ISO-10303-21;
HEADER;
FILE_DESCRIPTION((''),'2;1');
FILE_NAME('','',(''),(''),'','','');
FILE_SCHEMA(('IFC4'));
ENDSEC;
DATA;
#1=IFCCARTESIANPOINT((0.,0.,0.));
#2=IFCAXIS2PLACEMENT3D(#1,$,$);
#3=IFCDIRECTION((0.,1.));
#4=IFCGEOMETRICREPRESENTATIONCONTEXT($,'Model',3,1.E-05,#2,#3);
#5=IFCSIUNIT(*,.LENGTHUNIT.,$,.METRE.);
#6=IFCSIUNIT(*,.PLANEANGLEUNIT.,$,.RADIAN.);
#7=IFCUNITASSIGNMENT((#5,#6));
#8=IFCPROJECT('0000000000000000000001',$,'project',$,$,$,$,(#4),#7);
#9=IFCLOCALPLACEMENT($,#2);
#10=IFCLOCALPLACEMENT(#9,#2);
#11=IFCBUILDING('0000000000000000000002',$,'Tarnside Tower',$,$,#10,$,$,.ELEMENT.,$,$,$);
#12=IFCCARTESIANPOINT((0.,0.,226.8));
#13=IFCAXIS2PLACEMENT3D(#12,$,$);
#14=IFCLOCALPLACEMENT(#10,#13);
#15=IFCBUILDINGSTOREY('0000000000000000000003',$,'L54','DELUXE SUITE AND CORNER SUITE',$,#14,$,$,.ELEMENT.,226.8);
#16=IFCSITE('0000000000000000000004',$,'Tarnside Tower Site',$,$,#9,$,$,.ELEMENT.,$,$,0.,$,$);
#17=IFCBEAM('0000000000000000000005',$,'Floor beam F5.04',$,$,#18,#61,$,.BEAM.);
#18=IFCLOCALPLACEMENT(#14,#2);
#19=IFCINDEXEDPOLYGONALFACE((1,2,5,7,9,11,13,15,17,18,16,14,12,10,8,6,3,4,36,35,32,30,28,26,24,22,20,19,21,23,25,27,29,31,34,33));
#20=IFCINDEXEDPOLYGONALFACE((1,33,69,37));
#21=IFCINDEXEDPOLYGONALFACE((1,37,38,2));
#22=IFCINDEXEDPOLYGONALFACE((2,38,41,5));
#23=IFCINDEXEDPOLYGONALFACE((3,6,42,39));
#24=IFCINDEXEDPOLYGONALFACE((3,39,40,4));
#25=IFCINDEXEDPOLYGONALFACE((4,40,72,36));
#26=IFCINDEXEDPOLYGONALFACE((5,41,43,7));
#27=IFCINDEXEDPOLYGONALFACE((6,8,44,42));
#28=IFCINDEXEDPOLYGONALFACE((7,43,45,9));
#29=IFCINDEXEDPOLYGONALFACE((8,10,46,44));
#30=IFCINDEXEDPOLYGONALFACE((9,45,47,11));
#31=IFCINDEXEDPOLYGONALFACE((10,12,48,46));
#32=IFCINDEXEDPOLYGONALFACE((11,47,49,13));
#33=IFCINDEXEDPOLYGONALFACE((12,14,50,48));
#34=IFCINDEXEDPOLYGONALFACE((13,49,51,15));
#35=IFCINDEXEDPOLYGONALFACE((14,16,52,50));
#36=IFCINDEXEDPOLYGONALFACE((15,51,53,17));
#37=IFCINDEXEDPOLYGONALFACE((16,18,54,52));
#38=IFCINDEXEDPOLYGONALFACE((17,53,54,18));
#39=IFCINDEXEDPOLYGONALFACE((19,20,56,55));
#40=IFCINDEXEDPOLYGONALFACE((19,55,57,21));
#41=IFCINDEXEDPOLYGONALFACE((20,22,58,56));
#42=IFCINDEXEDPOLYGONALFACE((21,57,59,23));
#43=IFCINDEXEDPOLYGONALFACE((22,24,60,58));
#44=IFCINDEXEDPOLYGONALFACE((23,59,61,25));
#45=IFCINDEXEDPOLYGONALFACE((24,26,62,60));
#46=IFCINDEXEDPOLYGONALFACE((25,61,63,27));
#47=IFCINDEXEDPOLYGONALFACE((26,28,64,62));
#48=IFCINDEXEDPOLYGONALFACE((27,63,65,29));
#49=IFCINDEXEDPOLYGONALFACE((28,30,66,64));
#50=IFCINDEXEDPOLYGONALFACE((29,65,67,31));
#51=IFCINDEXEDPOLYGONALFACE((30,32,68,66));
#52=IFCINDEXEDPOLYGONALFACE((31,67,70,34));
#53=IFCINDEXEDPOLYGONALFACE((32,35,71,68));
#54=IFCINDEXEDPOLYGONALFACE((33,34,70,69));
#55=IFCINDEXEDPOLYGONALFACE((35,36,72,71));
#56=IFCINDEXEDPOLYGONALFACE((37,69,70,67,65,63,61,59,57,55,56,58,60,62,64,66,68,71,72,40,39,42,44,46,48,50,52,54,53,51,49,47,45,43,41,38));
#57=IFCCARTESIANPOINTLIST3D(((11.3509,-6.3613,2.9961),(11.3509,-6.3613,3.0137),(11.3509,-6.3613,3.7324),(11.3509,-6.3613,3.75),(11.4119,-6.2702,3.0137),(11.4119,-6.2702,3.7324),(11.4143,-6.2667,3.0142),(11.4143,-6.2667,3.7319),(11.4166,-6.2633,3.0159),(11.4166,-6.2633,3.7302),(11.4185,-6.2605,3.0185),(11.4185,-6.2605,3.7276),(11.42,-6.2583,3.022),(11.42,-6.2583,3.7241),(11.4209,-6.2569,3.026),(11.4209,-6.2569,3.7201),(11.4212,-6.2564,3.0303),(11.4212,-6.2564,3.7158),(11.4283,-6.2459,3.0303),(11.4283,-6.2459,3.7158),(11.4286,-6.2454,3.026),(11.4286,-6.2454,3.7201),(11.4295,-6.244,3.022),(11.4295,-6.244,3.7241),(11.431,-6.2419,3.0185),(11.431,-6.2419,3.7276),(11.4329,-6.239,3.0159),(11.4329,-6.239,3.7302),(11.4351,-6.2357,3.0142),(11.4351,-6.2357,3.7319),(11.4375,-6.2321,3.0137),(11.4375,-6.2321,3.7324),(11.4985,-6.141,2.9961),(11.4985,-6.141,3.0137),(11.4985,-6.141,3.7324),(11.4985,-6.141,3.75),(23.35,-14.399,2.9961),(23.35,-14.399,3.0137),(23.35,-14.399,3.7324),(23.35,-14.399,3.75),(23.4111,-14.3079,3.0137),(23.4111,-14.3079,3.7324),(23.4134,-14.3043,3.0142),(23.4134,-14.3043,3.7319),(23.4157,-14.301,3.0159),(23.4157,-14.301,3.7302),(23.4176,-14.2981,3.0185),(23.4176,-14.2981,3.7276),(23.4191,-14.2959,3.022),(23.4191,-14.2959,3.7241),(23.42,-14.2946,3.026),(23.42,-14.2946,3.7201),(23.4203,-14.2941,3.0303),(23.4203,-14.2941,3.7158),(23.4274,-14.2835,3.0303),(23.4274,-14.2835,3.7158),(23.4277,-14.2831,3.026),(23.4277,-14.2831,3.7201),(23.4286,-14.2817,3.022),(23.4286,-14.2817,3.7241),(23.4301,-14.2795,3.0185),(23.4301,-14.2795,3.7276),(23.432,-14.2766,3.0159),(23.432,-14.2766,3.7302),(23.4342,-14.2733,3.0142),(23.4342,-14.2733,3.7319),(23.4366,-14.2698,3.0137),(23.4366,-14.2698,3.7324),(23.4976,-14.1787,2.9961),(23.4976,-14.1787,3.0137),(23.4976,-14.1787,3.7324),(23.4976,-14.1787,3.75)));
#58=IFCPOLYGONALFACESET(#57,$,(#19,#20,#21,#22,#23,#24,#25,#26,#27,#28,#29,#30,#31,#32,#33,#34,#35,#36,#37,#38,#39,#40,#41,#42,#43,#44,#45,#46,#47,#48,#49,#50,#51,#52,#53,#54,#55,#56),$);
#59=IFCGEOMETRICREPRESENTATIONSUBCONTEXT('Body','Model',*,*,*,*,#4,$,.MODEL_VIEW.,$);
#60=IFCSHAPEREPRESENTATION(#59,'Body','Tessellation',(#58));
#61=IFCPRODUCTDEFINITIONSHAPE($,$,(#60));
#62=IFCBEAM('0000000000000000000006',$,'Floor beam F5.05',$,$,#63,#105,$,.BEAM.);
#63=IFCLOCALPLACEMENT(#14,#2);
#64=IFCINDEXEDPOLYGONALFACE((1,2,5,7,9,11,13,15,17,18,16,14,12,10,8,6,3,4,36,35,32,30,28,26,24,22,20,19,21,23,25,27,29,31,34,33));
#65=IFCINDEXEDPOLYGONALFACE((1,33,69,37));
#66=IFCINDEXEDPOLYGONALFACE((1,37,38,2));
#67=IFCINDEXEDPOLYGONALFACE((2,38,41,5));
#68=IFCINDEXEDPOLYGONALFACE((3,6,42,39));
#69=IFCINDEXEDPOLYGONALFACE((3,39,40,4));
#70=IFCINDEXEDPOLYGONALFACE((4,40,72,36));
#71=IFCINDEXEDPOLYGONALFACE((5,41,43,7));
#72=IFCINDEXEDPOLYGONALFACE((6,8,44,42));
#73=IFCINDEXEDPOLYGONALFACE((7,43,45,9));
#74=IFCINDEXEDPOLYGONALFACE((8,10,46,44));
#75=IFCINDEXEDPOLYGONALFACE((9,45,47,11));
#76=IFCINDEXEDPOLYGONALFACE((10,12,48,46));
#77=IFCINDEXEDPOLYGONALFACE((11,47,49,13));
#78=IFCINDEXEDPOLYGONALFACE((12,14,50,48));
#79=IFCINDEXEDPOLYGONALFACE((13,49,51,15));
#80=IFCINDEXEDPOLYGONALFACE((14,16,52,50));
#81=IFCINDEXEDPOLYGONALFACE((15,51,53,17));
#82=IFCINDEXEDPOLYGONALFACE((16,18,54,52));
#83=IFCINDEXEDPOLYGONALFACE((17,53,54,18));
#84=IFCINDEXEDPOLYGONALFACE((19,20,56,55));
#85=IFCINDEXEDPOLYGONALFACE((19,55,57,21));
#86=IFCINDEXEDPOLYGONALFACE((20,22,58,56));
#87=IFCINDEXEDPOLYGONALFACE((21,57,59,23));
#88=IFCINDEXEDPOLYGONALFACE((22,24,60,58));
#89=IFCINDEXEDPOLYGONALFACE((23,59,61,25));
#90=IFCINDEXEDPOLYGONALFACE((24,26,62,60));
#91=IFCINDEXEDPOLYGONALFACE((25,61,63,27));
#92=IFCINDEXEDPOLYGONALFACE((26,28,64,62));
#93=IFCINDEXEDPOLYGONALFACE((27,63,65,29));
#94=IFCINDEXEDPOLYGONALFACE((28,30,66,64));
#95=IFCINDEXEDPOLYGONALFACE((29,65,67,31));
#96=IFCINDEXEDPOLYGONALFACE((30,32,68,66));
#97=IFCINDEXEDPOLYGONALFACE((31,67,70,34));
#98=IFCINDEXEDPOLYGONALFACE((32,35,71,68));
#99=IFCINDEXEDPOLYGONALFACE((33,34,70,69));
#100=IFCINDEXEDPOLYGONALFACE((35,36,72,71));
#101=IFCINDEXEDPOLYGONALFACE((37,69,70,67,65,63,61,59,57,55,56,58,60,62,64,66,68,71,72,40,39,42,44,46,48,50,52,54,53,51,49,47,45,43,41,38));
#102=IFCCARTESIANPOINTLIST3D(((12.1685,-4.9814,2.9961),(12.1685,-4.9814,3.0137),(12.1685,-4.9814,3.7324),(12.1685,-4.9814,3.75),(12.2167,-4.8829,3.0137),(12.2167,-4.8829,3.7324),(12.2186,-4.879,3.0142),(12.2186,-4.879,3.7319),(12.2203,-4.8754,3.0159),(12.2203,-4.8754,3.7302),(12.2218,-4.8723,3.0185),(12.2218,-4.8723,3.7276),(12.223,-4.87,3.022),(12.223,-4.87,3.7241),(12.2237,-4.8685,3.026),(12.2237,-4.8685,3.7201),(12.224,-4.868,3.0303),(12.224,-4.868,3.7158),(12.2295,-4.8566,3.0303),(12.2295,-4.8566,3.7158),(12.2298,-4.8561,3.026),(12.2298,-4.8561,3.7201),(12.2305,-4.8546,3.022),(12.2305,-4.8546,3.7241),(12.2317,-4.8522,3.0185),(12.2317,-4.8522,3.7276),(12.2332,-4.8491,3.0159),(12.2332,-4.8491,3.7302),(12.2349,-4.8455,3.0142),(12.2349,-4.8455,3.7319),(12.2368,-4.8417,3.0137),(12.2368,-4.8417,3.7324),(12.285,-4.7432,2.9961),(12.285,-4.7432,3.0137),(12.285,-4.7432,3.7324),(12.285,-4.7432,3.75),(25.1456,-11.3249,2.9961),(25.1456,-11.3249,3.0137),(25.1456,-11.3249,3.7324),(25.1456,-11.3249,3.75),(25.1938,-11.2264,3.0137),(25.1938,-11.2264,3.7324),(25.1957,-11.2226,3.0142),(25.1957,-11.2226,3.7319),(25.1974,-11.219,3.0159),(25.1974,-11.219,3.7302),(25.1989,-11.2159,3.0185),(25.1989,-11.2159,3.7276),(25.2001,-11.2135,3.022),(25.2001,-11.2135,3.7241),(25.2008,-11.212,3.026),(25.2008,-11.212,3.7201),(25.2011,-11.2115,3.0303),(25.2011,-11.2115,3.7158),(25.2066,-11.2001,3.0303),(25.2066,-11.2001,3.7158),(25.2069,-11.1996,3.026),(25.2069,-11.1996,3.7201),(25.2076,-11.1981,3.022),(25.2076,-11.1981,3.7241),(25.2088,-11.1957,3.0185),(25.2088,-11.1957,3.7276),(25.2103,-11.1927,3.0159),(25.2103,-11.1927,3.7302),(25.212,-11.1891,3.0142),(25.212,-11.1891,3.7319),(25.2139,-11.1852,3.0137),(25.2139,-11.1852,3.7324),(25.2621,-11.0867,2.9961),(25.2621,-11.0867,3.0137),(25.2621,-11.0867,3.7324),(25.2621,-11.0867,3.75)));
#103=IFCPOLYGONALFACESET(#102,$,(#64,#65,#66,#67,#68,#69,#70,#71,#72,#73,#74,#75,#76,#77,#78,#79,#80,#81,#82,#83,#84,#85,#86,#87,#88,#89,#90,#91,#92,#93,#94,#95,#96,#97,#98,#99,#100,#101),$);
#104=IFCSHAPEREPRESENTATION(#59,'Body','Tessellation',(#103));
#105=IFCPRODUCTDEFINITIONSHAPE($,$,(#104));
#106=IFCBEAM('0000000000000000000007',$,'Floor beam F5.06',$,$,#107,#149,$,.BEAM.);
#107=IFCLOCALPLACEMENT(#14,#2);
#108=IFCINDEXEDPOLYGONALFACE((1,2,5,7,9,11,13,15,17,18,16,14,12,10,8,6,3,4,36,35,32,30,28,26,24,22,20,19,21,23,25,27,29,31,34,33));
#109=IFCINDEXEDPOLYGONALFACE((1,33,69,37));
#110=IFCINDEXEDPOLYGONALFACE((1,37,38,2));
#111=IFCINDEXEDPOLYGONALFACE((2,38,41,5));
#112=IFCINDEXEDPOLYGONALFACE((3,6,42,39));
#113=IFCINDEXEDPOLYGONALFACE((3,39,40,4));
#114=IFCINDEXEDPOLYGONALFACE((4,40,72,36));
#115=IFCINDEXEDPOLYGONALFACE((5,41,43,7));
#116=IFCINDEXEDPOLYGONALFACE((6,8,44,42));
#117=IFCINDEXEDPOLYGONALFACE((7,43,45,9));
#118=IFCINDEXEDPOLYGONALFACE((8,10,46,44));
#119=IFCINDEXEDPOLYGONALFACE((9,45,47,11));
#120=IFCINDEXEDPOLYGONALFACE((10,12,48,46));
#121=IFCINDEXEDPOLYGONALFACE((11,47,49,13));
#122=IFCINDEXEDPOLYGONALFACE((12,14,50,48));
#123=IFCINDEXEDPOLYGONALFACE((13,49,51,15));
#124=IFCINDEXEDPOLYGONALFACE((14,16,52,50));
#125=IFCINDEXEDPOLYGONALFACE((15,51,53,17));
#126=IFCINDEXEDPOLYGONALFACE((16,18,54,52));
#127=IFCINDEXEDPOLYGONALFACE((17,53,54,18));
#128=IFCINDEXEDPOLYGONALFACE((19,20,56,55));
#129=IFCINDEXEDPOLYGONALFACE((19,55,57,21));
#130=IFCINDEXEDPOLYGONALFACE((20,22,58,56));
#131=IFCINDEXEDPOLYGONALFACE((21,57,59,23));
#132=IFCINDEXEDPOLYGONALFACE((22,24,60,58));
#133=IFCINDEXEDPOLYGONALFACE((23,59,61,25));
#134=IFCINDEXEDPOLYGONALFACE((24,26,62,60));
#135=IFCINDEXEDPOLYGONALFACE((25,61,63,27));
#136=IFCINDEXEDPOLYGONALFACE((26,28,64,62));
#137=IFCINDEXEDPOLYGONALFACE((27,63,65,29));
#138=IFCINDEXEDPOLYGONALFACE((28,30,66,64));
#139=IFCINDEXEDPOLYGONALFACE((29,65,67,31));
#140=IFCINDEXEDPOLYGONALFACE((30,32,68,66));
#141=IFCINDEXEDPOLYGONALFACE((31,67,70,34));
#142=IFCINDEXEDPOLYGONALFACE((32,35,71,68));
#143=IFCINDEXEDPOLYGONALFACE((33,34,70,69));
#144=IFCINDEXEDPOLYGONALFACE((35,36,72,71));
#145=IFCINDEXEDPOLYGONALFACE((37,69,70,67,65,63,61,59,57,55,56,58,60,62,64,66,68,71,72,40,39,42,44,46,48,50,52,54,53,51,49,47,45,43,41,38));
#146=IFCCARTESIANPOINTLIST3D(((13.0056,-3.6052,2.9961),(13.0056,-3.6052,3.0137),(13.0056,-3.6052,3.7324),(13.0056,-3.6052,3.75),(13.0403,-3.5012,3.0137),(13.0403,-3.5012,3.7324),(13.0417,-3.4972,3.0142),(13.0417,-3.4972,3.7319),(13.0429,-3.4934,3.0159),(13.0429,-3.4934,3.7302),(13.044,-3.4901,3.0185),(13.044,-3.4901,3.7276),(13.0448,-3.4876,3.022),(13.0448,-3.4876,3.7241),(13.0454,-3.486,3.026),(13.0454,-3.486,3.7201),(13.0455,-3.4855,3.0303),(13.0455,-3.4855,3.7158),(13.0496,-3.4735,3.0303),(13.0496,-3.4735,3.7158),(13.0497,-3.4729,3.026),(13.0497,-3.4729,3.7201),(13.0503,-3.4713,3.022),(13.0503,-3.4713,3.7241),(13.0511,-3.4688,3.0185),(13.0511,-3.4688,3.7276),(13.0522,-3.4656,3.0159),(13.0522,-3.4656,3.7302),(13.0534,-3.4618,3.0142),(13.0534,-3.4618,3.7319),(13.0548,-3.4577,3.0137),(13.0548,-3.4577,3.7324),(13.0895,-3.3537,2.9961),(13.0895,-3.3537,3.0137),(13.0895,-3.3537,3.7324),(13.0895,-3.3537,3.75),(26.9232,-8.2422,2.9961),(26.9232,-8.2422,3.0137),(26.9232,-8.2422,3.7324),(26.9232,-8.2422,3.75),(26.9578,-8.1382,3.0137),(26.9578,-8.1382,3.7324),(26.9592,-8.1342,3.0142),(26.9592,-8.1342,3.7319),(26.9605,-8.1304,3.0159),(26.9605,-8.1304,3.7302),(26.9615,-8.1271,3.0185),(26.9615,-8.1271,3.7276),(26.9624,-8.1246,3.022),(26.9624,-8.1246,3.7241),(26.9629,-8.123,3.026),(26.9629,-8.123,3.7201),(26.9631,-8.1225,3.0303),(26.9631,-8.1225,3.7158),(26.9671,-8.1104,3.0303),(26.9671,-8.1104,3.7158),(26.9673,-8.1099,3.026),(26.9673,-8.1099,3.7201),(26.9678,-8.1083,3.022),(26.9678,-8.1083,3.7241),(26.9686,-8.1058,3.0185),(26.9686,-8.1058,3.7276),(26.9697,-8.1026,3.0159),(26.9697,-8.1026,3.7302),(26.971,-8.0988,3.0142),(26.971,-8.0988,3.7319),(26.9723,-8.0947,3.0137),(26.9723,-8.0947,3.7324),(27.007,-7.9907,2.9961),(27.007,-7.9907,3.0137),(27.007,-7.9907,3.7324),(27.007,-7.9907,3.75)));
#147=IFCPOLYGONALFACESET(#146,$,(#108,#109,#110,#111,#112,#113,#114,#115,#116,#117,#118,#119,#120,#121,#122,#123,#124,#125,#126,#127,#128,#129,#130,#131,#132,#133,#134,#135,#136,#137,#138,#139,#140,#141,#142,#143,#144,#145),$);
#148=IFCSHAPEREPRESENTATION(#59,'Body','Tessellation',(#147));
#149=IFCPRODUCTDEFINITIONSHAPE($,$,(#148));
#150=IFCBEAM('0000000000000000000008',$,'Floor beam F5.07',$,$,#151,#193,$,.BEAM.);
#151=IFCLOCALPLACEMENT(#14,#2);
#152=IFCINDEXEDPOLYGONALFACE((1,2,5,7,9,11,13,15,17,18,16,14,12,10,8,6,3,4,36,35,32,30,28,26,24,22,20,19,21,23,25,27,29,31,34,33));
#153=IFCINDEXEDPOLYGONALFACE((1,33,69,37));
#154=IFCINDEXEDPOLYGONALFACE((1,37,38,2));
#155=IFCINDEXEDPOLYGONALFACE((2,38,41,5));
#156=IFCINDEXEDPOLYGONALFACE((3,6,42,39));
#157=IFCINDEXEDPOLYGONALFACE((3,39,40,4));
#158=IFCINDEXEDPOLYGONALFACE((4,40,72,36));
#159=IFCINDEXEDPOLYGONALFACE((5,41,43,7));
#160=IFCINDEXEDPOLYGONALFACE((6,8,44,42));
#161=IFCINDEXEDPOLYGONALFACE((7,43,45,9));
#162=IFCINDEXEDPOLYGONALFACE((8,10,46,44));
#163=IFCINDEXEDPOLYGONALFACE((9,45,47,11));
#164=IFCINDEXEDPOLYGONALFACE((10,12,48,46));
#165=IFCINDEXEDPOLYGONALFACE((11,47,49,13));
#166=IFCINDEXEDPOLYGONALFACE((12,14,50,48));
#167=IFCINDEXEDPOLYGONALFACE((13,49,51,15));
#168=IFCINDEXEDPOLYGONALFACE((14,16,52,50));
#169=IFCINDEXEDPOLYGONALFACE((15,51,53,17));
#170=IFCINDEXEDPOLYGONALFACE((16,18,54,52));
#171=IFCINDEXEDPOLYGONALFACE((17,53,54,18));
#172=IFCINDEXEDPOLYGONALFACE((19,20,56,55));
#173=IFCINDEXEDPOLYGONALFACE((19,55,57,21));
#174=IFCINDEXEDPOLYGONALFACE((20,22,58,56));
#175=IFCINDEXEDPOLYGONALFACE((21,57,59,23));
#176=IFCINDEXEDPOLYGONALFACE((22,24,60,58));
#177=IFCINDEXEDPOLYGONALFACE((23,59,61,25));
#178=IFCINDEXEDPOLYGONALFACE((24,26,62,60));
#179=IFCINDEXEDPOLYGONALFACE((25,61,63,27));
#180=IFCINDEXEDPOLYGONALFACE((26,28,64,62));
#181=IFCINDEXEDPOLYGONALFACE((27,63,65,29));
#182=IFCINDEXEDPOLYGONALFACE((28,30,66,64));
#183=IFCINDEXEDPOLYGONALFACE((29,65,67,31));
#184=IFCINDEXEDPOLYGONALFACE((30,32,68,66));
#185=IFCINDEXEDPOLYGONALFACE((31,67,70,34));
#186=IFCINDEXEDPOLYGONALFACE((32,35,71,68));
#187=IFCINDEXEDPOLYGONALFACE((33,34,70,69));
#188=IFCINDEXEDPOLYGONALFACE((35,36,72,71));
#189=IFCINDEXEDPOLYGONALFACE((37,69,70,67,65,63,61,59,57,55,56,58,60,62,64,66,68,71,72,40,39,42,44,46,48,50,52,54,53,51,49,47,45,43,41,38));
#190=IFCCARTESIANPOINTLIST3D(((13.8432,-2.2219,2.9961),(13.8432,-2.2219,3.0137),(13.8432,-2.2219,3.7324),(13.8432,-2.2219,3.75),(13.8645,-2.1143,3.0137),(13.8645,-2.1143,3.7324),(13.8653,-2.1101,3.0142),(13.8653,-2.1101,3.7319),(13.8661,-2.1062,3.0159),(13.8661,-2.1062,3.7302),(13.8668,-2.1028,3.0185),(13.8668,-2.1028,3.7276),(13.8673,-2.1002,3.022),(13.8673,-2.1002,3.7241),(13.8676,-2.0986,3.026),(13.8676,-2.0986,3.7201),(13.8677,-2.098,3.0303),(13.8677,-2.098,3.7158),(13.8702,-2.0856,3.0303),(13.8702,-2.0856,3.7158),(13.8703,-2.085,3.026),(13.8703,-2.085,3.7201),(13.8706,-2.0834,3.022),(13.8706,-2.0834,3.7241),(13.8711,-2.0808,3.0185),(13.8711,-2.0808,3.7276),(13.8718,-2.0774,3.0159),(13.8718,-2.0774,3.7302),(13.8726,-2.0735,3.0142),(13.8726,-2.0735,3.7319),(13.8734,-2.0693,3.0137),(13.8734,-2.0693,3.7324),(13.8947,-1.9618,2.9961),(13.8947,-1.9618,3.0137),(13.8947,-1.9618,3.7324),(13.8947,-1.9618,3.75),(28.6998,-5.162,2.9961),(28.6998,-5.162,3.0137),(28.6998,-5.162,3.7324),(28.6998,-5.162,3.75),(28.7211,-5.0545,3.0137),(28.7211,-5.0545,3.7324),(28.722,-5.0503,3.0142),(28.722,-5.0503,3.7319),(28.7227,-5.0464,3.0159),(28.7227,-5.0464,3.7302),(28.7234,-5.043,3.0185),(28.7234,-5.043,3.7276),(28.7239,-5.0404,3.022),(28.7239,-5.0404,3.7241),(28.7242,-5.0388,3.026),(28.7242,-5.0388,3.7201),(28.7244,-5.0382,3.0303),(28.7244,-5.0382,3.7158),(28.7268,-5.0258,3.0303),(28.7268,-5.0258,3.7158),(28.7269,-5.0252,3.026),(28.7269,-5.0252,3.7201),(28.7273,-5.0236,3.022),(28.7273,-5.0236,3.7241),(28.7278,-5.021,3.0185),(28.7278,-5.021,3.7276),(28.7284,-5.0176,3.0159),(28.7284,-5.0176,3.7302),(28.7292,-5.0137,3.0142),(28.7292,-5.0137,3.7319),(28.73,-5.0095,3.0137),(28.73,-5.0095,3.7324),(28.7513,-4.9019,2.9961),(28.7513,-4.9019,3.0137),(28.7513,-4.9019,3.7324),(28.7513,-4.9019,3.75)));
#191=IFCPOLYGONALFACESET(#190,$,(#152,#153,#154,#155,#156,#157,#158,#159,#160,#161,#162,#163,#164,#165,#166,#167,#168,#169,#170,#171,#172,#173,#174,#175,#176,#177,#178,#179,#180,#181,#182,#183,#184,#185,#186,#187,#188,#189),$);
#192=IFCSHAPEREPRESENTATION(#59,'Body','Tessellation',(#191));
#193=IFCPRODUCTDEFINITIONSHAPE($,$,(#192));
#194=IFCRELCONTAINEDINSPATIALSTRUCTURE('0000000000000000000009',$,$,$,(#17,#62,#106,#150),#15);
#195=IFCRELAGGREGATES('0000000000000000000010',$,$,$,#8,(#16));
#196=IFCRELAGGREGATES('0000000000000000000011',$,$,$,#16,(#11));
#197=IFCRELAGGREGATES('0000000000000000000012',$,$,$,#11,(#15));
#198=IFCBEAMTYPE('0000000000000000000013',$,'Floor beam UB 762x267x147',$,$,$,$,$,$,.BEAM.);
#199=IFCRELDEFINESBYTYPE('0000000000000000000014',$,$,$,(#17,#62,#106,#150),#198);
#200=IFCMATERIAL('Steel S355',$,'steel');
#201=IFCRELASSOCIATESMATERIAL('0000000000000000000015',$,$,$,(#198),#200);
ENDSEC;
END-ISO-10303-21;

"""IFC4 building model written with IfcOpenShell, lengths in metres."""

from ifc_helpers import new_model, si_unit, direction, frame, origin, origin_2d, place, context, subcontext, project, spatial, i_section, extrude, material, material_profile, profile_set, type_object, element, save


model = new_model("IFC4")

# Units and contexts
model_context = context("Model", 3, precision=1e-05, world=origin(), true_north=direction((0.0, 1.0)))
body_context = subcontext(model_context, "Body", "Model", "MODEL_VIEW")
ifc_project = project(units=[si_unit("LENGTHUNIT", "METRE"), si_unit("PLANEANGLEUNIT", "RADIAN")], contexts=[model_context])

# Site, building, storey
site_placement = place(None, origin())
site = spatial("IfcSite", under=ifc_project, at=site_placement, Name="Tarnside Tower Site", CompositionType="ELEMENT", RefElevation=0.0)
building_placement = place(site_placement, origin())
building = spatial("IfcBuilding", under=site, at=building_placement, Name="Tarnside Tower", CompositionType="ELEMENT")
storey_placement = place(building_placement, frame((0.0, 0.0, 226.8)))
storey = spatial("IfcBuildingStorey", under=building, at=storey_placement, Name="L54", Description="DELUXE SUITE AND CORNER SUITE", CompositionType="ELEMENT", Elevation=226.8)

# Beams
ifc_material_1 = material(Name="Steel S355", Category="steel")
ifc_material_profile_1 = material_profile(ifc_material_1, i_section(OverallWidth=0.2651, OverallDepth=0.7539, WebThickness=0.0127, FlangeThickness=0.0176, FilletRadius=0.0166, at=origin_2d()), Name="UB 762x267x147")
ifc_profile_set_1 = profile_set([ifc_material_profile_1], Name="Steel S355")
beam_type_1 = type_object("IfcBeamType", Name="Floor beam UB 762x267x147", PredefinedType="BEAM", material=ifc_profile_set_1)
beam_1_placement = place(storey_placement, frame((23.4238, -14.2888, 3.373), z_axis=(-0.830826, 0.556532, 0.0), x_axis=(-0.556532, -0.830826, 0.0)))
element("IfcBeam", 1, at=beam_1_placement, inside=storey, type_object=beam_type_1, Name="Floor beam F5.04", PredefinedType="BEAM", context=body_context, shape_type="SweptSolid", body=[
    extrude(i_section(OverallWidth=0.2651, OverallDepth=0.7539, WebThickness=0.0127, FlangeThickness=0.0176, FilletRadius=0.0166, at=origin_2d()), origin(), (0.0, 0.0, 1.0), 14.4424),
])
beam_2_placement = place(storey_placement, frame((25.2039, -11.2058, 3.373), z_axis=(-0.898407, 0.439164, 0.0), x_axis=(-0.439164, -0.898407, 0.0)))
element("IfcBeam", 2, at=beam_2_placement, inside=storey, type_object=beam_type_1, Name="Floor beam F5.05", PredefinedType="BEAM", context=body_context, shape_type="SweptSolid", body=[
    extrude(i_section(OverallWidth=0.2651, OverallDepth=0.7539, WebThickness=0.0127, FlangeThickness=0.0176, FilletRadius=0.0166, at=origin_2d()), origin(), (0.0, 0.0, 1.0), 14.4446),
])
beam_3_placement = place(storey_placement, frame((26.9651, -8.1165, 3.373), z_axis=(-0.948728, 0.316093, 0.0), x_axis=(-0.316093, -0.948728, 0.0)))
element("IfcBeam", 3, at=beam_3_placement, inside=storey, type_object=beam_type_1, Name="Floor beam F5.06", PredefinedType="BEAM", context=body_context, shape_type="SweptSolid", body=[
    extrude(i_section(OverallWidth=0.2651, OverallDepth=0.7539, WebThickness=0.0127, FlangeThickness=0.0176, FilletRadius=0.0166, at=origin_2d()), origin(), (0.0, 0.0, 1.0), 14.6697),
])
beam_4_placement = place(storey_placement, frame((28.7256, -5.032, 3.373), z_axis=(-0.980974, 0.194138, 0.0), x_axis=(-0.194138, -0.980974, 0.0)))
element("IfcBeam", 4, at=beam_4_placement, inside=storey, type_object=beam_type_1, Name="Floor beam F5.07", PredefinedType="BEAM", context=body_context, shape_type="SweptSolid", body=[
    extrude(i_section(OverallWidth=0.2651, OverallDepth=0.7539, WebThickness=0.0127, FlangeThickness=0.0176, FilletRadius=0.0166, at=origin_2d()), origin(), (0.0, 0.0, 1.0), 15.1448),
])

save(model, "model.ifc")
